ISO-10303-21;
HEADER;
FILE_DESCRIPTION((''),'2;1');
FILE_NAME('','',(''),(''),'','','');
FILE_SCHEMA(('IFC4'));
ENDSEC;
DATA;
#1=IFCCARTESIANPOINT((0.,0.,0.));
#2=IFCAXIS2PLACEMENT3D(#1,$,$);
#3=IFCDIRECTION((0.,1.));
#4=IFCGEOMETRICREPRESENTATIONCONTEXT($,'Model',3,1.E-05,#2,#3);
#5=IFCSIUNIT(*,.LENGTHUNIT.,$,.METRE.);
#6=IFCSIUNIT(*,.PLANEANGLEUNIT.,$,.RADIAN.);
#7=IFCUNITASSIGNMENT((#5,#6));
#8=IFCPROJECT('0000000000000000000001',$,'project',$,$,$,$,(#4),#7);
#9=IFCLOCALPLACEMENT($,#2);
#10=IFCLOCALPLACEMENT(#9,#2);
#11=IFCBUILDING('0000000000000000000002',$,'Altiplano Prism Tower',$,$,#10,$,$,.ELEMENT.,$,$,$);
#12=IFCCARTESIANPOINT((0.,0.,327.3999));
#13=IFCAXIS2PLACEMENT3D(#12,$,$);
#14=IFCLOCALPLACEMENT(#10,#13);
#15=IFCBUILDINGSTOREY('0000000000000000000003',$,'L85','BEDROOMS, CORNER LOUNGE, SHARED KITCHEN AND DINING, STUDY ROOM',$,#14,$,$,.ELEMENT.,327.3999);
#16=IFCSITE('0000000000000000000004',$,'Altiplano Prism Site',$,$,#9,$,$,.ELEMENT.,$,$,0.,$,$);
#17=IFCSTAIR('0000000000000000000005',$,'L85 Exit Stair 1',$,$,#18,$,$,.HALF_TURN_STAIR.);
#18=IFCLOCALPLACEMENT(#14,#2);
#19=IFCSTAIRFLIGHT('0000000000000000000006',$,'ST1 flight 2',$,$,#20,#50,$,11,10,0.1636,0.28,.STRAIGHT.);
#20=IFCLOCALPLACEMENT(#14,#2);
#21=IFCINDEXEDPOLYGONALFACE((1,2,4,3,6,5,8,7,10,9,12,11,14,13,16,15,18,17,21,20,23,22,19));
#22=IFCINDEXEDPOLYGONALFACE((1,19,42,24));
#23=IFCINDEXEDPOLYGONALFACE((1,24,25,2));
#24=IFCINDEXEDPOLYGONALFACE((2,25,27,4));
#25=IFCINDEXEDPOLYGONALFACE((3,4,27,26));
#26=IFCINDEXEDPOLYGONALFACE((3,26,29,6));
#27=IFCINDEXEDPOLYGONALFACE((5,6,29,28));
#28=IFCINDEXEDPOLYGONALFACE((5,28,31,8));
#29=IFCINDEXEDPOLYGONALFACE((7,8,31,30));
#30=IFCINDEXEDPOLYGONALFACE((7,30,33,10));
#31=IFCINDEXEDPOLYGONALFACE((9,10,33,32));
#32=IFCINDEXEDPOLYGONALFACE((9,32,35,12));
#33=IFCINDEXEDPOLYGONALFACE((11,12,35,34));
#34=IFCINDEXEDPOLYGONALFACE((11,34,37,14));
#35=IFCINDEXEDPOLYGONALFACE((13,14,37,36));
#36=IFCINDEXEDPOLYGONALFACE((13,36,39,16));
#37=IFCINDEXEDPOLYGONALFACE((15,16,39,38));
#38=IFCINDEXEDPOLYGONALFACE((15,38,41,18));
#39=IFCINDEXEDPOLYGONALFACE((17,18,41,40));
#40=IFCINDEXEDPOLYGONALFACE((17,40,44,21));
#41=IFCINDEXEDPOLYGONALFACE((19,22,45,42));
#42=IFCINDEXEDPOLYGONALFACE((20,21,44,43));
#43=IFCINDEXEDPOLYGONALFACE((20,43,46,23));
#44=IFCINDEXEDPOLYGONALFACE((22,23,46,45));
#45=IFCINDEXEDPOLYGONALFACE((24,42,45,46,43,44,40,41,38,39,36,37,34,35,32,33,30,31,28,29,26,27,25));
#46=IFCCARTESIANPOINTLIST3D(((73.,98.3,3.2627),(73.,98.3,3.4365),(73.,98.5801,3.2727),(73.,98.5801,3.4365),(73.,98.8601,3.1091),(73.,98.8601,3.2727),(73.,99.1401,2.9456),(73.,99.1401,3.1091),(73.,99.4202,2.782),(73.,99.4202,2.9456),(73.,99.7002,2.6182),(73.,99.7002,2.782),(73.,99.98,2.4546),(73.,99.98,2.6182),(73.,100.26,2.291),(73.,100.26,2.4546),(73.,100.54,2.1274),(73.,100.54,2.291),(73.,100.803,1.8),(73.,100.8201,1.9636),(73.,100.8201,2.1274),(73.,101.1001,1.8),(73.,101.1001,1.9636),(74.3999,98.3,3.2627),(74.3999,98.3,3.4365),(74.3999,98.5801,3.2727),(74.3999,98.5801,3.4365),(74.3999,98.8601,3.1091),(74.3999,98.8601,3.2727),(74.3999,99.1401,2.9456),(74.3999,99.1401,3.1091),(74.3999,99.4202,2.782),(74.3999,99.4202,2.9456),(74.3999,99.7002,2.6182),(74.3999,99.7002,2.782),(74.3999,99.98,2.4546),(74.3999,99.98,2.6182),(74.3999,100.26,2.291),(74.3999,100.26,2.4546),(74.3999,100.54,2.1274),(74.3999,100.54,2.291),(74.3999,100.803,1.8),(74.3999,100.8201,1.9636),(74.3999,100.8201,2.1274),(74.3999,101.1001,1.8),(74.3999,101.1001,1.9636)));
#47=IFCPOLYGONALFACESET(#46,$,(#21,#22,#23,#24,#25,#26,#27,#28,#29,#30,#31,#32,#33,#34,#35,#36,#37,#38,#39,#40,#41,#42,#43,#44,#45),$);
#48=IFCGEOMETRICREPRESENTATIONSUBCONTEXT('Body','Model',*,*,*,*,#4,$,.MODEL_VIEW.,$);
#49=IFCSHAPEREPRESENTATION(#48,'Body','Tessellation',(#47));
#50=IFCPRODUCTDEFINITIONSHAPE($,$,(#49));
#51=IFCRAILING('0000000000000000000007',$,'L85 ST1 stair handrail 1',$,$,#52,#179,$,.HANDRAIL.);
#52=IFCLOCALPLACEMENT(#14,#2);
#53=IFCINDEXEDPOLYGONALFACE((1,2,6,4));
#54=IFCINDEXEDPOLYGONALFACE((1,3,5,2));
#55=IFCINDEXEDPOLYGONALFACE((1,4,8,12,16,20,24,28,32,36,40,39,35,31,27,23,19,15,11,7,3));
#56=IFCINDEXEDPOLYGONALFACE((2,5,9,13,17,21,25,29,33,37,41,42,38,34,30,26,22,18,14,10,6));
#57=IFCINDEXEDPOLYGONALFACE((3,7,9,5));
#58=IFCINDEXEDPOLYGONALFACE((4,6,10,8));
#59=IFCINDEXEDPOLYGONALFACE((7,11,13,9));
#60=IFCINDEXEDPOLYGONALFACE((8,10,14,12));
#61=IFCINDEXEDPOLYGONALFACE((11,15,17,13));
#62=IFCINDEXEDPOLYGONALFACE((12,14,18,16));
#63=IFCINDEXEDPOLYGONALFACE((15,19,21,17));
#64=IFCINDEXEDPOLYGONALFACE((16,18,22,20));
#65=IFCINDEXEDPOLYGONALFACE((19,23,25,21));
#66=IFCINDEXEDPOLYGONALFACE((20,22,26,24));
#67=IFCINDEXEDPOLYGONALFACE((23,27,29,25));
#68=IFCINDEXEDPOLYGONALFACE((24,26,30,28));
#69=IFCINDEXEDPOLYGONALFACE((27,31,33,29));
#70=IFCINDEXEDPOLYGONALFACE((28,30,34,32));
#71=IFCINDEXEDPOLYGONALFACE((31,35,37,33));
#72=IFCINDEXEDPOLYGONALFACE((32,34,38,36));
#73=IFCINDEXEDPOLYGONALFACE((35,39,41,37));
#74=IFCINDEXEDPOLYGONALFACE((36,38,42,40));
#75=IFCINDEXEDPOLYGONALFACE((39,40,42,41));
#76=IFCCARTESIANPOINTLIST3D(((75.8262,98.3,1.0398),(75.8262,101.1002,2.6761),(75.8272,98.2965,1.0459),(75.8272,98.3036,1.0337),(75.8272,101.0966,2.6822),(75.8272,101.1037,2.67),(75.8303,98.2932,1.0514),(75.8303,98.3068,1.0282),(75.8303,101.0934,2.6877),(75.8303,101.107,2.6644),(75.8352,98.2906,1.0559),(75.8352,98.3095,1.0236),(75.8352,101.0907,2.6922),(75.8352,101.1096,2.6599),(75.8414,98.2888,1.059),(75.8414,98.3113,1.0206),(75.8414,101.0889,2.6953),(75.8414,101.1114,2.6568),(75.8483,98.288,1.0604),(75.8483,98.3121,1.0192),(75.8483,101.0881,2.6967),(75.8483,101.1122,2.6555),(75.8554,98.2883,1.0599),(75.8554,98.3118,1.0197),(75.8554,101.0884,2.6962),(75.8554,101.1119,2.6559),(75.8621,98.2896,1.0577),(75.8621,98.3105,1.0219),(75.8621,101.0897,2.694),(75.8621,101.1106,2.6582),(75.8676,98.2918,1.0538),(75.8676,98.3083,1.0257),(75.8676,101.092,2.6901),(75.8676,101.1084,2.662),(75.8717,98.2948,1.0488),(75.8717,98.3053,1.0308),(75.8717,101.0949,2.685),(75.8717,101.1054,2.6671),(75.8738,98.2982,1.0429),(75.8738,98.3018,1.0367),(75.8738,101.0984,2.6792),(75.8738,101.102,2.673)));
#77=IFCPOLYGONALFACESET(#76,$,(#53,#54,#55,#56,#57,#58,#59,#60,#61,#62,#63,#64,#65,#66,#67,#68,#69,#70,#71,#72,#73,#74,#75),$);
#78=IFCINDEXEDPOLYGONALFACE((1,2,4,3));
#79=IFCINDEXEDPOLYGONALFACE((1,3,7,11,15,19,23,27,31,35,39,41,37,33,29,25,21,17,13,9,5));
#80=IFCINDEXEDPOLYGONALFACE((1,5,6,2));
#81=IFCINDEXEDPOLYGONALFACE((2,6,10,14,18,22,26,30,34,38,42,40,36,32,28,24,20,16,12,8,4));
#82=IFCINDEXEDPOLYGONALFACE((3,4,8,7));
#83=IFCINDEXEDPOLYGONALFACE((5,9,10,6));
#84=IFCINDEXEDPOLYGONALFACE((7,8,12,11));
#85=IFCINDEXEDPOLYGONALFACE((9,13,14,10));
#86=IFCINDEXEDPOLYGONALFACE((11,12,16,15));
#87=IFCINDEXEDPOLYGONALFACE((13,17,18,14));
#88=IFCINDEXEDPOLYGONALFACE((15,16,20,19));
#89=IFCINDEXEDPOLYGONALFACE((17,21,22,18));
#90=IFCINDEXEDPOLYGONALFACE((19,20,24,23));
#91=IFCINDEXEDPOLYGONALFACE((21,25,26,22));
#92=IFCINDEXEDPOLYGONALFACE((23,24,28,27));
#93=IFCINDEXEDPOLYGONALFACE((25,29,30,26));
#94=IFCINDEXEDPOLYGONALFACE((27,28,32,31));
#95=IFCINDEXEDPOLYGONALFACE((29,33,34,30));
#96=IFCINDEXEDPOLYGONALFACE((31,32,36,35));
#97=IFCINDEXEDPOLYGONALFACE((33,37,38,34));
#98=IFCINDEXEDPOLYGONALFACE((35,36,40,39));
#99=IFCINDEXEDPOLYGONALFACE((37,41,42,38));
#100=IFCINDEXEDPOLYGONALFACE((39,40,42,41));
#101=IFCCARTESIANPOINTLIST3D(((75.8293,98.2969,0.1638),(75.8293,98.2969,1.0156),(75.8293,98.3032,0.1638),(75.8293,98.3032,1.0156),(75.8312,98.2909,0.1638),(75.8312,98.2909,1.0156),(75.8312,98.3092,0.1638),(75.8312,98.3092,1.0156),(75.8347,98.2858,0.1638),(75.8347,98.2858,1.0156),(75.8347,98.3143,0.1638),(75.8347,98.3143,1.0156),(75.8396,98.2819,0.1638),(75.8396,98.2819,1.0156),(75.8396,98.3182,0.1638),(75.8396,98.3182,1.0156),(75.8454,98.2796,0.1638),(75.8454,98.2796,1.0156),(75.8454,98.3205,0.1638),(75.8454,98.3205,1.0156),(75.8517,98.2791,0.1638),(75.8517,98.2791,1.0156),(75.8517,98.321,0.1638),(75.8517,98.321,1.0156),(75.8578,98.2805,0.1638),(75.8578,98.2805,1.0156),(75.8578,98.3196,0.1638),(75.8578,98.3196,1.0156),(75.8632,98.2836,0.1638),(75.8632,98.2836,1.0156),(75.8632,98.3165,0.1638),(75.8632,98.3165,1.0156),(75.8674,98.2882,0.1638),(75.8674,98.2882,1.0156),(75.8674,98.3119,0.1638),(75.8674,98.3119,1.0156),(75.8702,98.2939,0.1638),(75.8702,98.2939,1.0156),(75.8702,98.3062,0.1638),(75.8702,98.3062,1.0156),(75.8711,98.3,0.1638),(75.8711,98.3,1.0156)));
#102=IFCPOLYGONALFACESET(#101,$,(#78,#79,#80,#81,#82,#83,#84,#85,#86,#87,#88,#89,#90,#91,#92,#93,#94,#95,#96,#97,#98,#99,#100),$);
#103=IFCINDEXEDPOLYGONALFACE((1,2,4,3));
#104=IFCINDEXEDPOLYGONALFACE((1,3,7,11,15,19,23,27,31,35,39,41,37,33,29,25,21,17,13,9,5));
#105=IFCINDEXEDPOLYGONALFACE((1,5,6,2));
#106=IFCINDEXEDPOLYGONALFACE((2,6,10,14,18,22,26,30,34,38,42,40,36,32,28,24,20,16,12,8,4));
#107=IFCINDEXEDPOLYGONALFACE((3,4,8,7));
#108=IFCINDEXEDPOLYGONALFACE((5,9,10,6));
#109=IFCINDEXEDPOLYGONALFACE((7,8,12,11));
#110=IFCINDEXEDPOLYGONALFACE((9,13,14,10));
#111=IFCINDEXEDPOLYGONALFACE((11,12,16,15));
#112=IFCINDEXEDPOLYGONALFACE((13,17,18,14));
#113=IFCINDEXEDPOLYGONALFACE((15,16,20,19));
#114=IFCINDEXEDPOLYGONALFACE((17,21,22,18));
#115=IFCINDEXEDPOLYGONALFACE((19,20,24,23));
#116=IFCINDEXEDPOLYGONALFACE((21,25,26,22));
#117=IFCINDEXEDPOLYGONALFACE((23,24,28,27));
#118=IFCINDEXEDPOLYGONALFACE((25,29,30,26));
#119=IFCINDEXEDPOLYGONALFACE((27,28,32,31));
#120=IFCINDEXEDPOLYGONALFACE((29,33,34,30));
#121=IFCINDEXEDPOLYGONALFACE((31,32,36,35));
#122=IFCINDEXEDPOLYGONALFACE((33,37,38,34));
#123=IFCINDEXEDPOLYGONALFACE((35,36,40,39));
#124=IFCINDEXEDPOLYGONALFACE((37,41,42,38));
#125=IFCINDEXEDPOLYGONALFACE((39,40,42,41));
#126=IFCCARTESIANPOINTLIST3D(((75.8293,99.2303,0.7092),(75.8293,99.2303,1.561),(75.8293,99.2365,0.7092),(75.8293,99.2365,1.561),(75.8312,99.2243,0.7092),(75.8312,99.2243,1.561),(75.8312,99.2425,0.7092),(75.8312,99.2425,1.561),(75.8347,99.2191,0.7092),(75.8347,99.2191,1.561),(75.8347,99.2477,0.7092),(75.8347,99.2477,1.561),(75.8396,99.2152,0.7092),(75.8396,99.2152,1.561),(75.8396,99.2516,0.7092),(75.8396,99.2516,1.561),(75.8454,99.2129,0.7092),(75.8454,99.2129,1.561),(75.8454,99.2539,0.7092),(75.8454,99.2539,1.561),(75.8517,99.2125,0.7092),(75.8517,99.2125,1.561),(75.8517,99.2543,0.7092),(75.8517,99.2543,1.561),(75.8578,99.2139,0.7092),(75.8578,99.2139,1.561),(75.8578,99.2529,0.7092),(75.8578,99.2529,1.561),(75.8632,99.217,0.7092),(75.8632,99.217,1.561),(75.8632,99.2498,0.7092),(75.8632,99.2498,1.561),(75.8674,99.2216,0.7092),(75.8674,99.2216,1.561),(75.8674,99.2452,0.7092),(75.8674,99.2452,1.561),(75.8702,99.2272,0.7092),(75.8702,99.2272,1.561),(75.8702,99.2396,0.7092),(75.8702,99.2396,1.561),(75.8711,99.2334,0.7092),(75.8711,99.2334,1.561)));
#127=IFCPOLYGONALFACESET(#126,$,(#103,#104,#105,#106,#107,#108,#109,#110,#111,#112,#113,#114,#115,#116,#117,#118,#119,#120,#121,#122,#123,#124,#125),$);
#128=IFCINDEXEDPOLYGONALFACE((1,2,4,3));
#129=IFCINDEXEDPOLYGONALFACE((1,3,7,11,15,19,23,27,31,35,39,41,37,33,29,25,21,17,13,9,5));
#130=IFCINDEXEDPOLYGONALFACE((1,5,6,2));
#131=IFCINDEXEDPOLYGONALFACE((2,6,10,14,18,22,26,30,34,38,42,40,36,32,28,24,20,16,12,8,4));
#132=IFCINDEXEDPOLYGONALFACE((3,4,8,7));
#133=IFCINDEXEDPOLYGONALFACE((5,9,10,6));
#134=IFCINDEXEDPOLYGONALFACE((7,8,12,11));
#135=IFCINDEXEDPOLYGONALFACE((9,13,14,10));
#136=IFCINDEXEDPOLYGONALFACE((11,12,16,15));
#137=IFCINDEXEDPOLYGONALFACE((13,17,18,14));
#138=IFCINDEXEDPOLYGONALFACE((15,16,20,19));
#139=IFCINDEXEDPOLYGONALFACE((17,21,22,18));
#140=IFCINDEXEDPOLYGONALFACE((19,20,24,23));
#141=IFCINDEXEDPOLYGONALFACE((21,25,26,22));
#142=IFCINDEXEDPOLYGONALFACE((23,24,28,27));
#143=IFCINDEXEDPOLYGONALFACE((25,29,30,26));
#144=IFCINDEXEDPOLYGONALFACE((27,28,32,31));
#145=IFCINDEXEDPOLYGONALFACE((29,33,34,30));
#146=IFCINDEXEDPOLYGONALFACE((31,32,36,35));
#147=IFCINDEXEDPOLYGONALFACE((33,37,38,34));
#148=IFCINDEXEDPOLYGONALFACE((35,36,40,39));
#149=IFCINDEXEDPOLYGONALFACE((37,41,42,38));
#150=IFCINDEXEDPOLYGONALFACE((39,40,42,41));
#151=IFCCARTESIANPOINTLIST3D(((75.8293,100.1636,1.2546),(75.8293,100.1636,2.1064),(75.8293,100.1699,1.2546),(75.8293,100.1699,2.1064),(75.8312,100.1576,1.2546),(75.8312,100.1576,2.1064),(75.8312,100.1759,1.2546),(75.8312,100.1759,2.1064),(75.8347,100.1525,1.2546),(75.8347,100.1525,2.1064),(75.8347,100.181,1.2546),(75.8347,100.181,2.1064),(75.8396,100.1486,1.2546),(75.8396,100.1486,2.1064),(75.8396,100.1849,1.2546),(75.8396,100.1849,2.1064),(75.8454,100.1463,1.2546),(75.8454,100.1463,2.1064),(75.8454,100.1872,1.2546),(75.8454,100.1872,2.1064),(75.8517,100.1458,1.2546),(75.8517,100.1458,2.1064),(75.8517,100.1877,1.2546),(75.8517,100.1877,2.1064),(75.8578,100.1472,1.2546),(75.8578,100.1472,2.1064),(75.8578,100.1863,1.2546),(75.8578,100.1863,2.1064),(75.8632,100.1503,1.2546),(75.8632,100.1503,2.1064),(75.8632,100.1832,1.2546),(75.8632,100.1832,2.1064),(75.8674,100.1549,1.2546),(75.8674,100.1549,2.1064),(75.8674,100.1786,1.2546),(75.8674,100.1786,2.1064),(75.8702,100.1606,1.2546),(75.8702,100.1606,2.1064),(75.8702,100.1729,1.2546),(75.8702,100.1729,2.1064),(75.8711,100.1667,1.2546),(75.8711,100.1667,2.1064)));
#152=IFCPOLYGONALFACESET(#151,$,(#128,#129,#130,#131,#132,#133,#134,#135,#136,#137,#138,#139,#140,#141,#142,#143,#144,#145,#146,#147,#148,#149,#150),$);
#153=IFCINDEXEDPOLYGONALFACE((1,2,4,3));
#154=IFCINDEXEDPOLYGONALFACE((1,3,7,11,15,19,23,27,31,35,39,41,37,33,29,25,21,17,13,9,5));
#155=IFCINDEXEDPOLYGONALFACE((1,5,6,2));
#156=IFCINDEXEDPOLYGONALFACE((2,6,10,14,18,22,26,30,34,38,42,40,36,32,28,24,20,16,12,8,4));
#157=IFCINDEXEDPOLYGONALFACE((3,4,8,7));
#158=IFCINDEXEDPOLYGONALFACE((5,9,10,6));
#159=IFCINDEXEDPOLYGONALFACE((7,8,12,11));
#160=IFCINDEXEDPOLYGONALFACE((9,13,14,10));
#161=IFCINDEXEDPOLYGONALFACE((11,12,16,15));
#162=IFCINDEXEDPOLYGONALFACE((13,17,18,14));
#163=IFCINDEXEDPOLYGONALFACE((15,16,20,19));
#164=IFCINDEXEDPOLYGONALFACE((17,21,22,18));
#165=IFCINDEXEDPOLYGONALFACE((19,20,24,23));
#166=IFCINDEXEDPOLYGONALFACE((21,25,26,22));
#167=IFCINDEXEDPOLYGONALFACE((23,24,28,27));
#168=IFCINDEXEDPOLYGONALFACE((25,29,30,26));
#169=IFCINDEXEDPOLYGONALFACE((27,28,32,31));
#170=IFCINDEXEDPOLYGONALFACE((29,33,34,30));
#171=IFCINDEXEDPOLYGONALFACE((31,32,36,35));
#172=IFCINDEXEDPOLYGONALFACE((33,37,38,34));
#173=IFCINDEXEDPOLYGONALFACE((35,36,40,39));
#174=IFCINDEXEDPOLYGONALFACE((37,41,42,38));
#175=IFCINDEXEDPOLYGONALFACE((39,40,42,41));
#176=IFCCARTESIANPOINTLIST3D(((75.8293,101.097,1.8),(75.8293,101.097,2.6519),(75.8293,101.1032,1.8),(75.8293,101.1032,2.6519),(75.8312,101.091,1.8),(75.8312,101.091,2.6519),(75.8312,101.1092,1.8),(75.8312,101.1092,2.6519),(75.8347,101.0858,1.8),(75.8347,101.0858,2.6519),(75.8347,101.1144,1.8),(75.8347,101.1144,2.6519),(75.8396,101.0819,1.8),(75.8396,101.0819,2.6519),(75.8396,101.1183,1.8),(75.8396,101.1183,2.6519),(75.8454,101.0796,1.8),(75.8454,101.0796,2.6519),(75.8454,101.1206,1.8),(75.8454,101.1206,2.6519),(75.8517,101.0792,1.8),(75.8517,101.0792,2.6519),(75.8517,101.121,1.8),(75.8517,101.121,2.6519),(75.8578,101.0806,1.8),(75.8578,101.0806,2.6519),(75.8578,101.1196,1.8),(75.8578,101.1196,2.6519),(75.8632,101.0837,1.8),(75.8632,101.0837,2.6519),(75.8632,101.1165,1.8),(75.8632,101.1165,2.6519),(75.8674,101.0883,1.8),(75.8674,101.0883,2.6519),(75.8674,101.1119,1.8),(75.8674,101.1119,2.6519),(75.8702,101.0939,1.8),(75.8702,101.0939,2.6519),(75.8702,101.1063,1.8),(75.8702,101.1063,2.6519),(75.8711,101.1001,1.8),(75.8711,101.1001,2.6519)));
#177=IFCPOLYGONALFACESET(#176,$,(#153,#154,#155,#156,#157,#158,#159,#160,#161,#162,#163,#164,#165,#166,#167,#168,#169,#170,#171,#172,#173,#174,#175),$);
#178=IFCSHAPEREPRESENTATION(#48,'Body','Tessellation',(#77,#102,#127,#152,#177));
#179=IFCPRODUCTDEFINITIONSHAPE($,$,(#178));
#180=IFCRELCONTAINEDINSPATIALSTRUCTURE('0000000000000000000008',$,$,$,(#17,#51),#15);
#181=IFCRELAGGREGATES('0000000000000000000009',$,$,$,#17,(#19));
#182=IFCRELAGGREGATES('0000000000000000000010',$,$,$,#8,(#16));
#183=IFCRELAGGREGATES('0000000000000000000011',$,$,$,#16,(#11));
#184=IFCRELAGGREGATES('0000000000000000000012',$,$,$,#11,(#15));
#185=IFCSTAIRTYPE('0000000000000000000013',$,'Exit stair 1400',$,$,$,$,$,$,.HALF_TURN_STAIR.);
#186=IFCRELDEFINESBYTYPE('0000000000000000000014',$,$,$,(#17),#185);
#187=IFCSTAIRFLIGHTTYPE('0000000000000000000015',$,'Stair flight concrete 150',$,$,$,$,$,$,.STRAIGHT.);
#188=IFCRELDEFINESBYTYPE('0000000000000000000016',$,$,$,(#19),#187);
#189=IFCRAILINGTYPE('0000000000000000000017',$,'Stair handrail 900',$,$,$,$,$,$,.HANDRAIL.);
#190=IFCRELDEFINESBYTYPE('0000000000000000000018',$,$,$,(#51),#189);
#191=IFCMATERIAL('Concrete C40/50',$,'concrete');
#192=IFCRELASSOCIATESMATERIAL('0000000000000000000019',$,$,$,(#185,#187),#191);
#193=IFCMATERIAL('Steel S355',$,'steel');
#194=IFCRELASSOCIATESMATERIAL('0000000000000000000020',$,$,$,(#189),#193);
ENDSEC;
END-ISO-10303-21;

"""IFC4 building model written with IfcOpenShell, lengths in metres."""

from ifc_helpers import new_model, si_unit, direction, frame, origin, origin_2d, place, context, subcontext, project, spatial, polyline, circle, outline, extrude, material, type_object, element, aggregate, save


model = new_model("IFC4")

# Units and contexts
model_context = context("Model", 3, precision=1e-05, world=origin(), true_north=direction((0.0, 1.0)))
body_context = subcontext(model_context, "Body", "Model", "MODEL_VIEW")
ifc_project = project(units=[si_unit("LENGTHUNIT", "METRE"), si_unit("PLANEANGLEUNIT", "RADIAN")], contexts=[model_context])

# Site, building, storey
site_placement = place(None, origin())
site = spatial("IfcSite", under=ifc_project, at=site_placement, Name="Altiplano Prism Site", CompositionType="ELEMENT", RefElevation=0.0)
building_placement = place(site_placement, origin())
building = spatial("IfcBuilding", under=site, at=building_placement, Name="Altiplano Prism Tower", CompositionType="ELEMENT")
storey_placement = place(building_placement, frame((0.0, 0.0, 327.3999)))
storey = spatial("IfcBuildingStorey", under=building, at=storey_placement, Name="L85", Description="BEDROOMS, CORNER LOUNGE, SHARED KITCHEN AND DINING, STUDY ROOM", CompositionType="ELEMENT", Elevation=327.3999)

# Stair, stair flight
ifc_material_1 = material(Name="Concrete C40/50", Category="concrete")
stair_type = type_object("IfcStairType", Name="Exit stair 1400", PredefinedType="HALF_TURN_STAIR", material=ifc_material_1)
stair_placement = place(storey_placement, origin())
stair = element("IfcStair", 1, at=stair_placement, inside=storey, type_object=stair_type, Name="L85 Exit Stair 1", PredefinedType="HALF_TURN_STAIR")
stair_flight_type = type_object("IfcStairFlightType", Name="Stair flight concrete 150", PredefinedType="STRAIGHT", material=ifc_material_1)
stair_flight_1_placement = place(storey_placement, frame((73.7, 101.1001, 1.8), z_axis=(0.0, 0.0, 1.0), x_axis=(0.0, -1.0, 0.0)))
stair_flight_1 = element("IfcStairFlight", 2, at=stair_flight_1_placement, type_object=stair_flight_type, Name="ST1 flight 2", NumberOfRisers=11, NumberOfTreads=10, PredefinedType="STRAIGHT", RiserHeight=0.1636, TreadLength=0.28, context=body_context, shape_type="SweptSolid", body=[
    extrude(outline(polyline([(0.0, 0.0), (0.0, 0.1636), (0.28, 0.1636), (0.28, 0.3274), (0.5601, 0.3274), (0.5601, 0.491), (0.8401, 0.491), (0.8401, 0.6545), (1.1201, 0.6545), (1.1201, 0.8181), (1.3999, 0.8181), (1.3999, 0.9819), (1.6799, 0.9819), (1.6799, 1.1455), (1.96, 1.1455), (1.96, 1.3091), (2.24, 1.3091), (2.24, 1.4727), (2.52, 1.4727), (2.52, 1.6365), (2.8, 1.6365), (2.8, 1.8), (2.8, 1.4626), (0.2971, 0.0), (0.0, 0.0)])), frame((0.0, 0.7, 0.0), z_axis=(0.0, -1.0, 0.0), x_axis=(1.0, 0.0, 0.0)), (0.0, 0.0, 1.0), 1.3999),
])
aggregate(stair, [stair_flight_1])

# Railing
ifc_material_2 = material(Name="Steel S355", Category="steel")
railing_type = type_object("IfcRailingType", Name="Stair handrail 900", PredefinedType="HANDRAIL", material=ifc_material_2)
railing_1_placement = place(storey_placement, frame((75.8501, 98.3, 0.1638)))
element("IfcRailing", 3, at=railing_1_placement, inside=storey, type_object=railing_type, Name="L85 ST1 stair handrail 1", PredefinedType="HANDRAIL", context=body_context, shape_type="SweptSolid", body=[
    extrude(circle(Radius=0.0239, at=origin_2d()), frame((0.0, 0.0, 0.876), z_axis=(0.0, 0.863394, 0.504531), x_axis=(-1.0, 0.0, 0.0)), (0.0, 0.0, 1.0), 3.2432),
    extrude(circle(Radius=0.021, at=origin_2d()), origin(), (0.0, 0.0, 1.0), 0.8518),
    extrude(circle(Radius=0.021, at=origin_2d()), frame((0.0, 0.9333, 0.5454)), (0.0, 0.0, 1.0), 0.8518),
    extrude(circle(Radius=0.021, at=origin_2d()), frame((0.0, 1.8667, 1.0908)), (0.0, 0.0, 1.0), 0.8518),
    extrude(circle(Radius=0.021, at=origin_2d()), frame((0.0, 2.8, 1.6362)), (0.0, 0.0, 1.0), 0.8518),
])

save(model, "model.ifc")
